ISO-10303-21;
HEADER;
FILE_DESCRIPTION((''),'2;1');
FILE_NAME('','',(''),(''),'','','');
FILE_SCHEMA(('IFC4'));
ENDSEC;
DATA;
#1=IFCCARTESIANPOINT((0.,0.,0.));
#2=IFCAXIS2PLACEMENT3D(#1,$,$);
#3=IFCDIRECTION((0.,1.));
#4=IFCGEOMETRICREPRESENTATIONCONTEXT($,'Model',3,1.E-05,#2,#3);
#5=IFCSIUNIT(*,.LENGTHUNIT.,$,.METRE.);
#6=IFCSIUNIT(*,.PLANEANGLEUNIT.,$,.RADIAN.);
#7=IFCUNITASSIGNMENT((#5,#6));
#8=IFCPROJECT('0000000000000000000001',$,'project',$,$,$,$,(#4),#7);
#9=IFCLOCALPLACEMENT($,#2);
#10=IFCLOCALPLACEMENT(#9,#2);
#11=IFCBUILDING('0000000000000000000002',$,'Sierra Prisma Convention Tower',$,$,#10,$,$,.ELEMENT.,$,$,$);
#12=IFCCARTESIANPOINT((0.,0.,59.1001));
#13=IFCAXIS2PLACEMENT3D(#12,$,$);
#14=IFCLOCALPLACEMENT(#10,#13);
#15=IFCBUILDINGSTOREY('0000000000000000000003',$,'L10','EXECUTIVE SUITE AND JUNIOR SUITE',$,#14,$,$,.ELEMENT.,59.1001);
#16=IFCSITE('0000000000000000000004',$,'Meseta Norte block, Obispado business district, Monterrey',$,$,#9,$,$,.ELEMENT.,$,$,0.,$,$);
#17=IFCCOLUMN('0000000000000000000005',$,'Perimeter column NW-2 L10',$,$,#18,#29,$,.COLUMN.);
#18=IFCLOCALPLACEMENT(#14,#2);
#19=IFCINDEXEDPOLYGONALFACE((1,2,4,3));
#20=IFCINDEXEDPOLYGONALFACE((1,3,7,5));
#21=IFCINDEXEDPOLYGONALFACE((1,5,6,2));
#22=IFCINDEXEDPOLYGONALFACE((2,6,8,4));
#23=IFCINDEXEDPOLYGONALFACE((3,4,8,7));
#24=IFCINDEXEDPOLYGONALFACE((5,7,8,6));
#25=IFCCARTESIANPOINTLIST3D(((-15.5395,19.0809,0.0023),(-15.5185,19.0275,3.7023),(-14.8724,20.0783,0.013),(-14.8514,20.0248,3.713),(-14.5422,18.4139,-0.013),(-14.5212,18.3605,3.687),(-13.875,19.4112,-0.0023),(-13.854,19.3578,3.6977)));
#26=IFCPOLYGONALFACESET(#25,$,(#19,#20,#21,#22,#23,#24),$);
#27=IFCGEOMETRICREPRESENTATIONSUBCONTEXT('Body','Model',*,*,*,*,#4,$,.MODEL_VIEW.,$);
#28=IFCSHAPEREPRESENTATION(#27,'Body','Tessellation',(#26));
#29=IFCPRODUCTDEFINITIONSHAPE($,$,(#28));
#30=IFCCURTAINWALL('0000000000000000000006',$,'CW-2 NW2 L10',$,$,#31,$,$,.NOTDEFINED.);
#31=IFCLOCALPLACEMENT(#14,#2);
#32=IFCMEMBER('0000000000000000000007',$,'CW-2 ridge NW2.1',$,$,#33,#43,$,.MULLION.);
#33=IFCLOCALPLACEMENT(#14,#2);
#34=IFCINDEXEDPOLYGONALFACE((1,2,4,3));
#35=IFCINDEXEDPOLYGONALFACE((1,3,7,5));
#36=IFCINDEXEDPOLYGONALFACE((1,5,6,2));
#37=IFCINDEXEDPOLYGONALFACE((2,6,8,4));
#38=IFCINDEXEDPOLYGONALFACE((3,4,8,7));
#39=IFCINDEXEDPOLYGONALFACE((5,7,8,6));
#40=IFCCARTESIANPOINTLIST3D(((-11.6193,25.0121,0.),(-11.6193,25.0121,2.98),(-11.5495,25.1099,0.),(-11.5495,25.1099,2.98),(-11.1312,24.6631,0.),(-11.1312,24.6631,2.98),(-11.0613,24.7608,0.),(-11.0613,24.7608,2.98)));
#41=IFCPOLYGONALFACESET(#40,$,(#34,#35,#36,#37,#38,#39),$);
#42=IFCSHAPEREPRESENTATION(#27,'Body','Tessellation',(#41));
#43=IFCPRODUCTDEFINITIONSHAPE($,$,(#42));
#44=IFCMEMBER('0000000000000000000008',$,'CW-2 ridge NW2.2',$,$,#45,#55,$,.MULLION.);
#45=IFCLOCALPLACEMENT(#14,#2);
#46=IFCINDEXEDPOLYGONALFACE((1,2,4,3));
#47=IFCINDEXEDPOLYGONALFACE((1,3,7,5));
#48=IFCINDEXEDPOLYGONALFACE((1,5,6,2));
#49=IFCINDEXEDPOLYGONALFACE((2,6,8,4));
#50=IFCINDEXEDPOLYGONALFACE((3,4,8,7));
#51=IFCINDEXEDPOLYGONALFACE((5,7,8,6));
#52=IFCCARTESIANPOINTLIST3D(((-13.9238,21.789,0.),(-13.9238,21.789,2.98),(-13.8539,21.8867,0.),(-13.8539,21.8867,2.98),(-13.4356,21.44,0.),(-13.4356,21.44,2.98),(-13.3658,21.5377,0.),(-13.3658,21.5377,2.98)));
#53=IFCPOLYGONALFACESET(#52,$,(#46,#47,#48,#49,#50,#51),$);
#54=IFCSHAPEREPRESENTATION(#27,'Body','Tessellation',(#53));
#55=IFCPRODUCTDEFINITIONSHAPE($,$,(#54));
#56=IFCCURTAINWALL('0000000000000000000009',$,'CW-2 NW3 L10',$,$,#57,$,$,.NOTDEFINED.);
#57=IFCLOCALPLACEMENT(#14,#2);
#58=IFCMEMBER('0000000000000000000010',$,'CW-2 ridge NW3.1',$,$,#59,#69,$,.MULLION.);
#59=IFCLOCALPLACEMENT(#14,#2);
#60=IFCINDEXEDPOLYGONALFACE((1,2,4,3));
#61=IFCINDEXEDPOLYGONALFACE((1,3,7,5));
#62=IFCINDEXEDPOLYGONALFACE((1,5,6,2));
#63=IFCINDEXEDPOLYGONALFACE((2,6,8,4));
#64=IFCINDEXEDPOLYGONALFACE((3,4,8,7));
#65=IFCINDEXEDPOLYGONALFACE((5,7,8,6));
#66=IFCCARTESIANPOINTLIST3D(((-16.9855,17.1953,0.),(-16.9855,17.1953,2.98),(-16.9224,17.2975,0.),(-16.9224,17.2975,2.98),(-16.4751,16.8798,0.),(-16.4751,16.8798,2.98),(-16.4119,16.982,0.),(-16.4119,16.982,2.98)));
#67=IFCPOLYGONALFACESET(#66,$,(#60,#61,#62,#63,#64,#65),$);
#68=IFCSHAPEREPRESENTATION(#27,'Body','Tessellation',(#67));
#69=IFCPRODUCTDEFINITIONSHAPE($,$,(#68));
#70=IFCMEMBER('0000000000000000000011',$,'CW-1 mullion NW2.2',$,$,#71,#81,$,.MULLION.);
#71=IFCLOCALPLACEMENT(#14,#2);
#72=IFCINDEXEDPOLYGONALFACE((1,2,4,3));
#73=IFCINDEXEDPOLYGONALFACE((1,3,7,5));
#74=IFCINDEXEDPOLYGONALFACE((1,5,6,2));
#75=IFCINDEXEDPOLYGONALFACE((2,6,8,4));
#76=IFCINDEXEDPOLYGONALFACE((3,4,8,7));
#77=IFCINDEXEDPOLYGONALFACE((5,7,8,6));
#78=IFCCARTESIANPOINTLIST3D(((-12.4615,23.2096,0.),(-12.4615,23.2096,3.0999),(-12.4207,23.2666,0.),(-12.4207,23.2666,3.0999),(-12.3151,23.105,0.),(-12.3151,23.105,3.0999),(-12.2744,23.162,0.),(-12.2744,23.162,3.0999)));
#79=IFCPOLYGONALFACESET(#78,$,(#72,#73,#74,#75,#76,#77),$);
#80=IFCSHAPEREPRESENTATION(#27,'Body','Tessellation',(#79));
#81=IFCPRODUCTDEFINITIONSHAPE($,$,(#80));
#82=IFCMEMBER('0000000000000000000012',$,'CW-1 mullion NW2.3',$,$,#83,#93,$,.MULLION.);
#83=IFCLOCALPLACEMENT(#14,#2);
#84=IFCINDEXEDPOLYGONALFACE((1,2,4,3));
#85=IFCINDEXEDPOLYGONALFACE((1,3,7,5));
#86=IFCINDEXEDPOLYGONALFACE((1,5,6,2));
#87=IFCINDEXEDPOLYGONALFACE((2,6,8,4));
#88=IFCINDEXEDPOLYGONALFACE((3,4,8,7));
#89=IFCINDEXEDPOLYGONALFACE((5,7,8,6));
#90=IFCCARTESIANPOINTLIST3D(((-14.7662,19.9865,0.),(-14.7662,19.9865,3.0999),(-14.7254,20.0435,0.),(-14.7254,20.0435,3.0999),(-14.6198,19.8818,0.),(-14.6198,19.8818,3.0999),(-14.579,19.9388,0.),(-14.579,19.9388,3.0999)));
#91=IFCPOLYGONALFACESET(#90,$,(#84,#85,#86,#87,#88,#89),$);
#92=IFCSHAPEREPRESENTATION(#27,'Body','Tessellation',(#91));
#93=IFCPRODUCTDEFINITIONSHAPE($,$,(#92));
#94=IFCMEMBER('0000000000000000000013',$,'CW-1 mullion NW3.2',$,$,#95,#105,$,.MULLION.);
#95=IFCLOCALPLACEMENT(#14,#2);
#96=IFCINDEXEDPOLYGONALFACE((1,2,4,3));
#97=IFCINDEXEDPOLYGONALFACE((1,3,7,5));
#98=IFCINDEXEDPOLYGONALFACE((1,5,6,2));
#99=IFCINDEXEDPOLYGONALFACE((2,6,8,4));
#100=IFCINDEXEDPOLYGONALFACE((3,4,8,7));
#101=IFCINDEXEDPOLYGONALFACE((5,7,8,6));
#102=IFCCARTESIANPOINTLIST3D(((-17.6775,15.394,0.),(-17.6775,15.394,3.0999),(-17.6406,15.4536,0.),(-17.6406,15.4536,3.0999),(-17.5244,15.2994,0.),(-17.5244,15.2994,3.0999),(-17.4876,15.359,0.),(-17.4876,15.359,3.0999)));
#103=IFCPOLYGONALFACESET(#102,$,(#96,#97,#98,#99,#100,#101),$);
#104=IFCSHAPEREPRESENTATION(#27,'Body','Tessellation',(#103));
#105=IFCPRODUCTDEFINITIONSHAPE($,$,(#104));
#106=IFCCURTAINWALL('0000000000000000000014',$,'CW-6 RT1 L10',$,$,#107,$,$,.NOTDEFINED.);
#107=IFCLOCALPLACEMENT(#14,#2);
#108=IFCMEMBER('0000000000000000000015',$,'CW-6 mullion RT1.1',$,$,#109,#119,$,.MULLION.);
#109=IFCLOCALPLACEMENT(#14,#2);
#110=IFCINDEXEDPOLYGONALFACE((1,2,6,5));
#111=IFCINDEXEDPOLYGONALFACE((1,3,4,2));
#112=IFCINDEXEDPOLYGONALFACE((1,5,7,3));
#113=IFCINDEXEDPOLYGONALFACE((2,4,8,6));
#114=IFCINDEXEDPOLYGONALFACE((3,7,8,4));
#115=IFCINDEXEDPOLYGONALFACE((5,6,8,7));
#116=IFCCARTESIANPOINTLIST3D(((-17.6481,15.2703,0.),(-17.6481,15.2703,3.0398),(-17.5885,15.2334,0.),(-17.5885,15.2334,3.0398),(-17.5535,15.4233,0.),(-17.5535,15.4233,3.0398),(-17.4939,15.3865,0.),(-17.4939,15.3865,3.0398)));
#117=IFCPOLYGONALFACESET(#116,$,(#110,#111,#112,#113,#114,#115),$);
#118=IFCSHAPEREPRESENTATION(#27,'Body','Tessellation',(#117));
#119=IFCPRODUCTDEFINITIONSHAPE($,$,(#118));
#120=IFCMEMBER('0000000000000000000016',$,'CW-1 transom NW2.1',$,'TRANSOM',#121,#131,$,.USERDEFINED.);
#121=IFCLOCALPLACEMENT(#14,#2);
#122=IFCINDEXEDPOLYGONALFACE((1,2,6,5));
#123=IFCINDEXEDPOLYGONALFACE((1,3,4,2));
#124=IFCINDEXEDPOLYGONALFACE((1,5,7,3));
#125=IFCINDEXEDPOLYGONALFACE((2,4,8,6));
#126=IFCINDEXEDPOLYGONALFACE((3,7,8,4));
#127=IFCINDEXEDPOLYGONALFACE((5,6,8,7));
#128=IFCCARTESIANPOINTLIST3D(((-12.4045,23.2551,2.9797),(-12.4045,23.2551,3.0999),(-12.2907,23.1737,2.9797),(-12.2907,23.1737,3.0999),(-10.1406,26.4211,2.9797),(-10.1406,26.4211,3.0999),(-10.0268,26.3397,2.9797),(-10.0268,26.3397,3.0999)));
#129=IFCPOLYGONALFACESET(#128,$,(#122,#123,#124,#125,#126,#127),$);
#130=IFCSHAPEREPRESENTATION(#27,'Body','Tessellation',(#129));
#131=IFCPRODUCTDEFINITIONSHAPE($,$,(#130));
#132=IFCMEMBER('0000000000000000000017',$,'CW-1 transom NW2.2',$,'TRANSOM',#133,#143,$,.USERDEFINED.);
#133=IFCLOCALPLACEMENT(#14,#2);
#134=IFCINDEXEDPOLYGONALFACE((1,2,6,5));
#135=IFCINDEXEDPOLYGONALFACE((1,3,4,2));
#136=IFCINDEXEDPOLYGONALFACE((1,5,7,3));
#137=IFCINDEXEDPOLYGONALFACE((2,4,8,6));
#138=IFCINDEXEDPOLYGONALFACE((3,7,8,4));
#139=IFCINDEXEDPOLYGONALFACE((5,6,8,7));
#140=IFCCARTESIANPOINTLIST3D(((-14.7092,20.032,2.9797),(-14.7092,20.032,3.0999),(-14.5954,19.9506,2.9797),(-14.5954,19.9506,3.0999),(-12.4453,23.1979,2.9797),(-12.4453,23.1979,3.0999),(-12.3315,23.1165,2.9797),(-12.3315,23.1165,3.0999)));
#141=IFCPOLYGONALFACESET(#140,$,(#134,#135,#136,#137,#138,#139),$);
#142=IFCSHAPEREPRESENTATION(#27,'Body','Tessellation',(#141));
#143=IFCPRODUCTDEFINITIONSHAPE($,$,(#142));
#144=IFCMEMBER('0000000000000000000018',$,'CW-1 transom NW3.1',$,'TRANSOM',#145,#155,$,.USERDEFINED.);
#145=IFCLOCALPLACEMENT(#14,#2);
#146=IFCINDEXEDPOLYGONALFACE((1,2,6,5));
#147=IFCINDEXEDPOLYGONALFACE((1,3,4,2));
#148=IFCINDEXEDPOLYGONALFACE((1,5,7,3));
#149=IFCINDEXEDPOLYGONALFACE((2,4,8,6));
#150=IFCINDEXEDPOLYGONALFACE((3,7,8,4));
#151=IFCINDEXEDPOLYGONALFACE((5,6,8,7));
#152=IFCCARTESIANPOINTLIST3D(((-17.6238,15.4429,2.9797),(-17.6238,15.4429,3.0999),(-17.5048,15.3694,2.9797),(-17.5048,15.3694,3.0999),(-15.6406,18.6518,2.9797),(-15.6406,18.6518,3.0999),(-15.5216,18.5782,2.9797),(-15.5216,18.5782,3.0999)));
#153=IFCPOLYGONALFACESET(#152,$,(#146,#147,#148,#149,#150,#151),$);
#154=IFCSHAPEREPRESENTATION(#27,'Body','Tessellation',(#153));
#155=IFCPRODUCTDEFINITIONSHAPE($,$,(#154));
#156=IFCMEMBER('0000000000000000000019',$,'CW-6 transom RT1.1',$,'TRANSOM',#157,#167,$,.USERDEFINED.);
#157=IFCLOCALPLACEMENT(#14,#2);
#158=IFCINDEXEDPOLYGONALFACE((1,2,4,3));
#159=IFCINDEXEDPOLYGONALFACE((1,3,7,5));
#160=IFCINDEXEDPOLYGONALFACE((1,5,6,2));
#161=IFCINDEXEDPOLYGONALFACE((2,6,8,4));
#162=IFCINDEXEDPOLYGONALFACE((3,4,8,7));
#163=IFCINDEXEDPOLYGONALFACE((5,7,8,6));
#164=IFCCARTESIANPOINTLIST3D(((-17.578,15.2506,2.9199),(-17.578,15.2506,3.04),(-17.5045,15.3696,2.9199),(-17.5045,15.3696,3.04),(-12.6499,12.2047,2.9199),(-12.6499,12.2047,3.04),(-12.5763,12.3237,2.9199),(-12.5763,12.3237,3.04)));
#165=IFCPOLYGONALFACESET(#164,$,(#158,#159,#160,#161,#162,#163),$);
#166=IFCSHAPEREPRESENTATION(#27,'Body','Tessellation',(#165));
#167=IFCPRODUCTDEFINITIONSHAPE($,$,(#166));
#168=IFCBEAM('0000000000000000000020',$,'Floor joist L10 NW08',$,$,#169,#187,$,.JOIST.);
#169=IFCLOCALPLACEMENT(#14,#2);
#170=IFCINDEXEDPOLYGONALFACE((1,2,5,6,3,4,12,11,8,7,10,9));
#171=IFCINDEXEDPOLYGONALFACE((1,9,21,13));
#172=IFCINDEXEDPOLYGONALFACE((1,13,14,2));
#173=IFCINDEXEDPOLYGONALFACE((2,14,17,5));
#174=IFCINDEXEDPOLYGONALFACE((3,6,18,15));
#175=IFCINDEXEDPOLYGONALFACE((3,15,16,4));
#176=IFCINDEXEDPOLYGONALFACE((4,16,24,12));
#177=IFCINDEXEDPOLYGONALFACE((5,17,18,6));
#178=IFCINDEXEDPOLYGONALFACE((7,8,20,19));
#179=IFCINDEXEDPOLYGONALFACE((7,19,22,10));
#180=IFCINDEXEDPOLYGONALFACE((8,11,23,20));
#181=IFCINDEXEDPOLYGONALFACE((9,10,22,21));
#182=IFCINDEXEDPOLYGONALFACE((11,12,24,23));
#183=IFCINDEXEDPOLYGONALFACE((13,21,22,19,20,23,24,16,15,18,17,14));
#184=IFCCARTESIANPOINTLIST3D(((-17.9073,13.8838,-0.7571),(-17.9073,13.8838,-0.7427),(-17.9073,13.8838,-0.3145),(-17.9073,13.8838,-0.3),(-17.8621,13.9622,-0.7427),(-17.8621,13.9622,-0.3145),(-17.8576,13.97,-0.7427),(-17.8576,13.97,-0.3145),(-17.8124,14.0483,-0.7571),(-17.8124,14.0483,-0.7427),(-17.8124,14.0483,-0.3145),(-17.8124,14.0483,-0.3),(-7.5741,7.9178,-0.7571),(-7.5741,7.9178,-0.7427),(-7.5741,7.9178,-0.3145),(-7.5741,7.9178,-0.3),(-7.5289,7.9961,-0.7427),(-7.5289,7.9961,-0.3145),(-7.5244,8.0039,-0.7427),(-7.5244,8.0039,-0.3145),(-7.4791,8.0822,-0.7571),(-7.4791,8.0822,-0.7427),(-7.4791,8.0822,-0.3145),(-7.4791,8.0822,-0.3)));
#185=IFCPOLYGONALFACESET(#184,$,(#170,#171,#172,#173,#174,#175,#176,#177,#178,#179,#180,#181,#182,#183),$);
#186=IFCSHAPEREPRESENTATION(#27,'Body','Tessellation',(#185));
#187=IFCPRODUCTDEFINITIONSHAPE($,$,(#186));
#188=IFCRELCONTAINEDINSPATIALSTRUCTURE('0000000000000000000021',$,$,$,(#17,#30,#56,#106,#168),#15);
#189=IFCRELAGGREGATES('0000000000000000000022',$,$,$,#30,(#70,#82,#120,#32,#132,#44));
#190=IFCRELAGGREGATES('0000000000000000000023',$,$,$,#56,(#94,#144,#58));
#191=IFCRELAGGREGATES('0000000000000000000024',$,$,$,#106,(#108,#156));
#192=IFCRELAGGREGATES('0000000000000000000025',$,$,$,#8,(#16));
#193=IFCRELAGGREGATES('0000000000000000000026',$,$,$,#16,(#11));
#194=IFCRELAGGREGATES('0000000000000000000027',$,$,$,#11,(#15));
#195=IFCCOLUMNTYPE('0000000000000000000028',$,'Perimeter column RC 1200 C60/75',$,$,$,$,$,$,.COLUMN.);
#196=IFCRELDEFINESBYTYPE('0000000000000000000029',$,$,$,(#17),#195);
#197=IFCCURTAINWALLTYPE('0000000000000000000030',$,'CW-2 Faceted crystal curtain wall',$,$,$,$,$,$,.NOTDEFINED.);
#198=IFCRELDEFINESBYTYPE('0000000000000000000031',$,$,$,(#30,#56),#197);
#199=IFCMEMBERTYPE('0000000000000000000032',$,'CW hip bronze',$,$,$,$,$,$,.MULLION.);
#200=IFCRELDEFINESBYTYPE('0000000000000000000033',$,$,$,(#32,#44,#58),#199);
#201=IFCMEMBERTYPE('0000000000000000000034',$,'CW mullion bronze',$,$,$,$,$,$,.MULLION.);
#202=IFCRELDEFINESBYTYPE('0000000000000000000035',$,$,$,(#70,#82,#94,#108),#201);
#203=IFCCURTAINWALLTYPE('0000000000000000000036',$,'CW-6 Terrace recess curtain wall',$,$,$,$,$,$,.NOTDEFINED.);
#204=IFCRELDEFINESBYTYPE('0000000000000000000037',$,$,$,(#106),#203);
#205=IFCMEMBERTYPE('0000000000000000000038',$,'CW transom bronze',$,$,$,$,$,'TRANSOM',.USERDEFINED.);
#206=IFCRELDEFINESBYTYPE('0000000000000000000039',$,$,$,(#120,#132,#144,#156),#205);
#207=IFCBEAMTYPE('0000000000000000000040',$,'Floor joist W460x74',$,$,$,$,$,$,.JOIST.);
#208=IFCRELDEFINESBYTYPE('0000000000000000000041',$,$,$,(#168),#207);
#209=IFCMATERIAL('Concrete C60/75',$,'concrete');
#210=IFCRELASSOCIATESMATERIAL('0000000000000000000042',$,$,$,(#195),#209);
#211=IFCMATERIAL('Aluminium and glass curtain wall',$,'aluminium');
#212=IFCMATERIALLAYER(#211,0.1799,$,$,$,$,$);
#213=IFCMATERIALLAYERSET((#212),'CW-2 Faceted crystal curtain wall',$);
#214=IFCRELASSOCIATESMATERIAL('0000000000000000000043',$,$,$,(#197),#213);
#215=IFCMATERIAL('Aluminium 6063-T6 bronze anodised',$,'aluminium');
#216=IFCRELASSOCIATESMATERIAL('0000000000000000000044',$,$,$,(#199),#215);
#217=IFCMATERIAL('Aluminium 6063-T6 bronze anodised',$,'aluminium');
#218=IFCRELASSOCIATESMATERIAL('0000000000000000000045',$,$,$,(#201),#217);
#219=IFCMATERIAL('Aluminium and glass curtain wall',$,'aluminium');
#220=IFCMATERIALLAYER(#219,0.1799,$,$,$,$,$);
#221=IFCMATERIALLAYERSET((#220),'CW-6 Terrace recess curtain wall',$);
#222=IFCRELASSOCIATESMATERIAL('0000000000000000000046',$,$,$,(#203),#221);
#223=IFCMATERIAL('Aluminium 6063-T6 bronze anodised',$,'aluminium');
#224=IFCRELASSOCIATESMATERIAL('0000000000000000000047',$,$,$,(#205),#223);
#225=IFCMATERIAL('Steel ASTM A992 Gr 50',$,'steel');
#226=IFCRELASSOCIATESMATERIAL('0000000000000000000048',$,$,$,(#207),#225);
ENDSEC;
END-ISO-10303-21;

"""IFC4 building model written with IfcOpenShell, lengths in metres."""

from ifc_helpers import new_model, si_unit, direction, frame, origin, origin_2d, place, context, subcontext, project, spatial, rectangle, i_section, extrude, material, layer, layer_set, material_profile, profile_set, type_object, element, aggregate, save


model = new_model("IFC4")

# Units and contexts
model_context = context("Model", 3, precision=1e-05, world=origin(), true_north=direction((0.0, 1.0)))
body_context = subcontext(model_context, "Body", "Model", "MODEL_VIEW")
ifc_project = project(units=[si_unit("LENGTHUNIT", "METRE"), si_unit("PLANEANGLEUNIT", "RADIAN")], contexts=[model_context])

# Site, building, storey
site_placement = place(None, origin())
site = spatial("IfcSite", under=ifc_project, at=site_placement, Name="Meseta Norte block, Obispado business district, Monterrey", CompositionType="ELEMENT", RefElevation=0.0)
building_placement = place(site_placement, origin())
building = spatial("IfcBuilding", under=site, at=building_placement, Name="Sierra Prisma Convention Tower", CompositionType="ELEMENT")
storey_placement = place(building_placement, frame((0.0, 0.0, 59.1001)))
storey = spatial("IfcBuildingStorey", under=building, at=storey_placement, Name="L10", Description="EXECUTIVE SUITE AND JUNIOR SUITE", CompositionType="ELEMENT", Elevation=59.1001)

# Column
ifc_material_1 = material(Name="Concrete C60/75", Category="concrete")
ifc_material_profile_1 = material_profile(ifc_material_1, rectangle(XDim=1.2, YDim=1.2, at=origin_2d()), Name="Perimeter column RC 1200 C60/75")
ifc_profile_set_1 = profile_set([ifc_material_profile_1], Name="Concrete C60/75")
column_type = type_object("IfcColumnType", Name="Perimeter column RC 1200 C60/75", PredefinedType="COLUMN", material=ifc_profile_set_1)
column_placement = place(storey_placement, frame((-14.7073, 19.2461, 0.0), z_axis=(0.005674, -0.014449, 0.99988), x_axis=(0.555995, 0.831138, 0.008855)))
element("IfcColumn", 1, at=column_placement, inside=storey, type_object=column_type, Name="Perimeter column NW-2 L10", PredefinedType="COLUMN", context=body_context, shape_type="SweptSolid", body=[
    extrude(rectangle(XDim=1.2, YDim=1.2, at=origin_2d()), origin(), (0.0, 0.0, 1.0), 3.7004),
])

# Curtain wall, members
ifc_material_2 = material(Name="Aluminium and glass curtain wall", Category="aluminium")
ifc_layer_1 = layer(ifc_material_2, 0.1799)
ifc_layer_set_1 = layer_set([ifc_layer_1], Name="CW-2 Faceted crystal curtain wall")
curtain_wall_type_1 = type_object("IfcCurtainWallType", Name="CW-2 Faceted crystal curtain wall", PredefinedType="NOTDEFINED", material=ifc_layer_set_1)
curtain_wall_1_placement = place(storey_placement, origin())
curtain_wall_1 = element("IfcCurtainWall", 2, at=curtain_wall_1_placement, inside=storey, type_object=curtain_wall_type_1, Name="CW-2 NW2 L10", PredefinedType="NOTDEFINED")
ifc_material_3 = material(Name="Aluminium 6063-T6 bronze anodised", Category="aluminium")
ifc_material_profile_2 = material_profile(ifc_material_3, rectangle(XDim=0.1201, YDim=0.6001, at=origin_2d()), Name="ALU RIDGE BLADE 120x600")
ifc_profile_set_2 = profile_set([ifc_material_profile_2], Name="Aluminium 6063-T6 bronze anodised")
member_type_1 = type_object("IfcMemberType", Name="CW hip bronze", PredefinedType="MULLION", material=ifc_profile_set_2)
member_1_placement = place(storey_placement, frame((-11.3403, 24.8865, 0.0), z_axis=(0.0, 0.0, 1.0), x_axis=(-0.581648, -0.813441, 0.0)))
member_1 = element("IfcMember", 3, at=member_1_placement, type_object=member_type_1, Name="CW-2 ridge NW2.1", PredefinedType="MULLION", context=body_context, shape_type="SweptSolid", body=[
    extrude(rectangle(XDim=0.1201, YDim=0.6001, at=origin_2d()), origin(), (0.0, 0.0, 1.0), 2.98),
])
member_2_placement = place(storey_placement, frame((-13.6448, 21.6633, 0.0), z_axis=(0.0, 0.0, 1.0), x_axis=(-0.581648, -0.813441, 0.0)))
member_2 = element("IfcMember", 4, at=member_2_placement, type_object=member_type_1, Name="CW-2 ridge NW2.2", PredefinedType="MULLION", context=body_context, shape_type="SweptSolid", body=[
    extrude(rectangle(XDim=0.1201, YDim=0.6001, at=origin_2d()), origin(), (0.0, 0.0, 1.0), 2.98),
])

# Curtain wall, member
curtain_wall_2_placement = place(storey_placement, origin())
curtain_wall_2 = element("IfcCurtainWall", 5, at=curtain_wall_2_placement, inside=storey, type_object=curtain_wall_type_1, Name="CW-2 NW3 L10", PredefinedType="NOTDEFINED")
member_3_placement = place(storey_placement, frame((-16.6987, 17.0886, 0.0), z_axis=(0.0, 0.0, 1.0), x_axis=(-0.525734, -0.850649, 0.0)))
member_3 = element("IfcMember", 6, at=member_3_placement, type_object=member_type_1, Name="CW-2 ridge NW3.1", PredefinedType="MULLION", context=body_context, shape_type="SweptSolid", body=[
    extrude(rectangle(XDim=0.1201, YDim=0.6001, at=origin_2d()), origin(), (0.0, 0.0, 1.0), 2.98),
])

# Members
ifc_material_4 = material(Name="Aluminium 6063-T6 bronze anodised", Category="aluminium")
ifc_material_profile_3 = material_profile(ifc_material_4, rectangle(XDim=0.1799, YDim=0.0701, at=origin_2d()), Name="ALU MULLION 70x180")
ifc_profile_set_3 = profile_set([ifc_material_profile_3], Name="Aluminium 6063-T6 bronze anodised")
member_type_2 = type_object("IfcMemberType", Name="CW mullion bronze", PredefinedType="MULLION", material=ifc_profile_set_3)
member_4_placement = place(storey_placement, frame((-12.3679, 23.1858, 0.0), z_axis=(0.0, 0.0, 1.0), x_axis=(0.813441, -0.581648, 0.0)))
member_4 = element("IfcMember", 7, at=member_4_placement, type_object=member_type_2, Name="CW-1 mullion NW2.2", PredefinedType="MULLION", context=body_context, shape_type="SweptSolid", body=[
    extrude(rectangle(XDim=0.1799, YDim=0.0701, at=origin_2d()), origin(), (0.0, 0.0, 1.0), 3.0999),
])
member_5_placement = place(storey_placement, frame((-14.6726, 19.9626, 0.0), z_axis=(0.0, 0.0, 1.0), x_axis=(0.813441, -0.581648, 0.0)))
member_5 = element("IfcMember", 8, at=member_5_placement, type_object=member_type_2, Name="CW-1 mullion NW2.3", PredefinedType="MULLION", context=body_context, shape_type="SweptSolid", body=[
    extrude(rectangle(XDim=0.1799, YDim=0.0701, at=origin_2d()), origin(), (0.0, 0.0, 1.0), 3.0999),
])
member_6_placement = place(storey_placement, frame((-17.5825, 15.3765, 0.0), z_axis=(0.0, 0.0, 1.0), x_axis=(0.850649, -0.525734, 0.0)))
member_6 = element("IfcMember", 9, at=member_6_placement, type_object=member_type_2, Name="CW-1 mullion NW3.2", PredefinedType="MULLION", context=body_context, shape_type="SweptSolid", body=[
    extrude(rectangle(XDim=0.1799, YDim=0.0701, at=origin_2d()), origin(), (0.0, 0.0, 1.0), 3.0999),
])

# Curtain wall, member
ifc_material_5 = material(Name="Aluminium and glass curtain wall", Category="aluminium")
ifc_layer_2 = layer(ifc_material_5, 0.1799)
ifc_layer_set_2 = layer_set([ifc_layer_2], Name="CW-6 Terrace recess curtain wall")
curtain_wall_type_2 = type_object("IfcCurtainWallType", Name="CW-6 Terrace recess curtain wall", PredefinedType="NOTDEFINED", material=ifc_layer_set_2)
curtain_wall_3_placement = place(storey_placement, origin())
curtain_wall_3 = element("IfcCurtainWall", 10, at=curtain_wall_3_placement, inside=storey, type_object=curtain_wall_type_2, Name="CW-6 RT1 L10", PredefinedType="NOTDEFINED")
member_7_placement = place(storey_placement, frame((-17.571, 15.3284, 0.0), z_axis=(0.0, 0.0, 1.0), x_axis=(0.525734, 0.850649, 0.0)))
member_7 = element("IfcMember", 11, at=member_7_placement, type_object=member_type_2, Name="CW-6 mullion RT1.1", PredefinedType="MULLION", context=body_context, shape_type="SweptSolid", body=[
    extrude(rectangle(XDim=0.1799, YDim=0.0701, at=origin_2d()), origin(), (0.0, 0.0, 1.0), 3.0398),
])

# Members
ifc_material_6 = material(Name="Aluminium 6063-T6 bronze anodised", Category="aluminium")
ifc_material_profile_4 = material_profile(ifc_material_6, rectangle(XDim=0.1399, YDim=0.1201, at=origin_2d()), Name="ALU TRANSOM 120x140")
ifc_profile_set_4 = profile_set([ifc_material_profile_4], Name="Aluminium 6063-T6 bronze anodised")
member_type_3 = type_object("IfcMemberType", Name="CW transom bronze", ElementType="TRANSOM", PredefinedType="USERDEFINED", material=ifc_profile_set_4)
member_8_placement = place(storey_placement, frame((-10.0837, 26.3804, 3.0398), z_axis=(-0.581659, -0.813432, 0.0), x_axis=(0.813432, -0.581659, 0.0)))
member_8 = element("IfcMember", 12, at=member_8_placement, type_object=member_type_3, Name="CW-1 transom NW2.1", ObjectType="TRANSOM", PredefinedType="USERDEFINED", context=body_context, shape_type="SweptSolid", body=[
    extrude(rectangle(XDim=0.1399, YDim=0.1201, at=origin_2d()), origin(), (0.0, 0.0, 1.0), 3.8921),
])
member_9_placement = place(storey_placement, frame((-12.3884, 23.1572, 3.0398), z_axis=(-0.581659, -0.813432, 0.0), x_axis=(0.813432, -0.581659, 0.0)))
member_9 = element("IfcMember", 13, at=member_9_placement, type_object=member_type_3, Name="CW-1 transom NW2.2", ObjectType="TRANSOM", PredefinedType="USERDEFINED", context=body_context, shape_type="SweptSolid", body=[
    extrude(rectangle(XDim=0.1399, YDim=0.1201, at=origin_2d()), origin(), (0.0, 0.0, 1.0), 3.8921),
])
member_10_placement = place(storey_placement, frame((-15.5811, 18.615, 3.0398), z_axis=(-0.52574, -0.850646, 0.0), x_axis=(0.850646, -0.52574, 0.0)))
member_10 = element("IfcMember", 14, at=member_10_placement, type_object=member_type_3, Name="CW-1 transom NW3.1", ObjectType="TRANSOM", PredefinedType="USERDEFINED", context=body_context, shape_type="SweptSolid", body=[
    extrude(rectangle(XDim=0.1399, YDim=0.1201, at=origin_2d()), origin(), (0.0, 0.0, 1.0), 3.7722),
])
member_11_placement = place(storey_placement, frame((-17.5413, 15.3101, 2.98), z_axis=(0.850644, -0.525742, 0.0), x_axis=(0.525742, 0.850644, 0.0)))
member_11 = element("IfcMember", 15, at=member_11_placement, type_object=member_type_3, Name="CW-6 transom RT1.1", ObjectType="TRANSOM", PredefinedType="USERDEFINED", context=body_context, shape_type="SweptSolid", body=[
    extrude(rectangle(XDim=0.1399, YDim=0.1201, at=origin_2d()), origin(), (0.0, 0.0, 1.0), 5.7935),
])

# Beam
ifc_material_7 = material(Name="Steel ASTM A992 Gr 50", Category="steel")
ifc_material_profile_5 = material_profile(ifc_material_7, i_section(OverallWidth=0.1899, OverallDepth=0.457, WebThickness=0.009, FlangeThickness=0.0144, at=origin_2d()), Name="W460x74")
ifc_profile_set_5 = profile_set([ifc_material_profile_5], Name="Steel ASTM A992 Gr 50")
beam_type_1 = type_object("IfcBeamType", Name="Floor joist W460x74", PredefinedType="JOIST", material=ifc_profile_set_5)
beam_1_placement = place(storey_placement, frame((-17.8599, 13.9661, -0.5286), z_axis=(0.86602, -0.50001, 0.0), x_axis=(0.50001, 0.86602, 0.0)))
element("IfcBeam", 16, at=beam_1_placement, inside=storey, type_object=beam_type_1, Name="Floor joist L10 NW08", PredefinedType="JOIST", context=body_context, shape_type="SweptSolid", body=[
    extrude(i_section(OverallWidth=0.1899, OverallDepth=0.457, WebThickness=0.009, FlangeThickness=0.0144, at=origin_2d()), origin(), (0.0, 0.0, 1.0), 11.9319),
])

aggregate(curtain_wall_1, [member_4, member_5, member_8, member_1, member_9, member_2])
aggregate(curtain_wall_2, [member_6, member_10, member_3])
aggregate(curtain_wall_3, [member_7, member_11])

save(model, "model.ifc")
